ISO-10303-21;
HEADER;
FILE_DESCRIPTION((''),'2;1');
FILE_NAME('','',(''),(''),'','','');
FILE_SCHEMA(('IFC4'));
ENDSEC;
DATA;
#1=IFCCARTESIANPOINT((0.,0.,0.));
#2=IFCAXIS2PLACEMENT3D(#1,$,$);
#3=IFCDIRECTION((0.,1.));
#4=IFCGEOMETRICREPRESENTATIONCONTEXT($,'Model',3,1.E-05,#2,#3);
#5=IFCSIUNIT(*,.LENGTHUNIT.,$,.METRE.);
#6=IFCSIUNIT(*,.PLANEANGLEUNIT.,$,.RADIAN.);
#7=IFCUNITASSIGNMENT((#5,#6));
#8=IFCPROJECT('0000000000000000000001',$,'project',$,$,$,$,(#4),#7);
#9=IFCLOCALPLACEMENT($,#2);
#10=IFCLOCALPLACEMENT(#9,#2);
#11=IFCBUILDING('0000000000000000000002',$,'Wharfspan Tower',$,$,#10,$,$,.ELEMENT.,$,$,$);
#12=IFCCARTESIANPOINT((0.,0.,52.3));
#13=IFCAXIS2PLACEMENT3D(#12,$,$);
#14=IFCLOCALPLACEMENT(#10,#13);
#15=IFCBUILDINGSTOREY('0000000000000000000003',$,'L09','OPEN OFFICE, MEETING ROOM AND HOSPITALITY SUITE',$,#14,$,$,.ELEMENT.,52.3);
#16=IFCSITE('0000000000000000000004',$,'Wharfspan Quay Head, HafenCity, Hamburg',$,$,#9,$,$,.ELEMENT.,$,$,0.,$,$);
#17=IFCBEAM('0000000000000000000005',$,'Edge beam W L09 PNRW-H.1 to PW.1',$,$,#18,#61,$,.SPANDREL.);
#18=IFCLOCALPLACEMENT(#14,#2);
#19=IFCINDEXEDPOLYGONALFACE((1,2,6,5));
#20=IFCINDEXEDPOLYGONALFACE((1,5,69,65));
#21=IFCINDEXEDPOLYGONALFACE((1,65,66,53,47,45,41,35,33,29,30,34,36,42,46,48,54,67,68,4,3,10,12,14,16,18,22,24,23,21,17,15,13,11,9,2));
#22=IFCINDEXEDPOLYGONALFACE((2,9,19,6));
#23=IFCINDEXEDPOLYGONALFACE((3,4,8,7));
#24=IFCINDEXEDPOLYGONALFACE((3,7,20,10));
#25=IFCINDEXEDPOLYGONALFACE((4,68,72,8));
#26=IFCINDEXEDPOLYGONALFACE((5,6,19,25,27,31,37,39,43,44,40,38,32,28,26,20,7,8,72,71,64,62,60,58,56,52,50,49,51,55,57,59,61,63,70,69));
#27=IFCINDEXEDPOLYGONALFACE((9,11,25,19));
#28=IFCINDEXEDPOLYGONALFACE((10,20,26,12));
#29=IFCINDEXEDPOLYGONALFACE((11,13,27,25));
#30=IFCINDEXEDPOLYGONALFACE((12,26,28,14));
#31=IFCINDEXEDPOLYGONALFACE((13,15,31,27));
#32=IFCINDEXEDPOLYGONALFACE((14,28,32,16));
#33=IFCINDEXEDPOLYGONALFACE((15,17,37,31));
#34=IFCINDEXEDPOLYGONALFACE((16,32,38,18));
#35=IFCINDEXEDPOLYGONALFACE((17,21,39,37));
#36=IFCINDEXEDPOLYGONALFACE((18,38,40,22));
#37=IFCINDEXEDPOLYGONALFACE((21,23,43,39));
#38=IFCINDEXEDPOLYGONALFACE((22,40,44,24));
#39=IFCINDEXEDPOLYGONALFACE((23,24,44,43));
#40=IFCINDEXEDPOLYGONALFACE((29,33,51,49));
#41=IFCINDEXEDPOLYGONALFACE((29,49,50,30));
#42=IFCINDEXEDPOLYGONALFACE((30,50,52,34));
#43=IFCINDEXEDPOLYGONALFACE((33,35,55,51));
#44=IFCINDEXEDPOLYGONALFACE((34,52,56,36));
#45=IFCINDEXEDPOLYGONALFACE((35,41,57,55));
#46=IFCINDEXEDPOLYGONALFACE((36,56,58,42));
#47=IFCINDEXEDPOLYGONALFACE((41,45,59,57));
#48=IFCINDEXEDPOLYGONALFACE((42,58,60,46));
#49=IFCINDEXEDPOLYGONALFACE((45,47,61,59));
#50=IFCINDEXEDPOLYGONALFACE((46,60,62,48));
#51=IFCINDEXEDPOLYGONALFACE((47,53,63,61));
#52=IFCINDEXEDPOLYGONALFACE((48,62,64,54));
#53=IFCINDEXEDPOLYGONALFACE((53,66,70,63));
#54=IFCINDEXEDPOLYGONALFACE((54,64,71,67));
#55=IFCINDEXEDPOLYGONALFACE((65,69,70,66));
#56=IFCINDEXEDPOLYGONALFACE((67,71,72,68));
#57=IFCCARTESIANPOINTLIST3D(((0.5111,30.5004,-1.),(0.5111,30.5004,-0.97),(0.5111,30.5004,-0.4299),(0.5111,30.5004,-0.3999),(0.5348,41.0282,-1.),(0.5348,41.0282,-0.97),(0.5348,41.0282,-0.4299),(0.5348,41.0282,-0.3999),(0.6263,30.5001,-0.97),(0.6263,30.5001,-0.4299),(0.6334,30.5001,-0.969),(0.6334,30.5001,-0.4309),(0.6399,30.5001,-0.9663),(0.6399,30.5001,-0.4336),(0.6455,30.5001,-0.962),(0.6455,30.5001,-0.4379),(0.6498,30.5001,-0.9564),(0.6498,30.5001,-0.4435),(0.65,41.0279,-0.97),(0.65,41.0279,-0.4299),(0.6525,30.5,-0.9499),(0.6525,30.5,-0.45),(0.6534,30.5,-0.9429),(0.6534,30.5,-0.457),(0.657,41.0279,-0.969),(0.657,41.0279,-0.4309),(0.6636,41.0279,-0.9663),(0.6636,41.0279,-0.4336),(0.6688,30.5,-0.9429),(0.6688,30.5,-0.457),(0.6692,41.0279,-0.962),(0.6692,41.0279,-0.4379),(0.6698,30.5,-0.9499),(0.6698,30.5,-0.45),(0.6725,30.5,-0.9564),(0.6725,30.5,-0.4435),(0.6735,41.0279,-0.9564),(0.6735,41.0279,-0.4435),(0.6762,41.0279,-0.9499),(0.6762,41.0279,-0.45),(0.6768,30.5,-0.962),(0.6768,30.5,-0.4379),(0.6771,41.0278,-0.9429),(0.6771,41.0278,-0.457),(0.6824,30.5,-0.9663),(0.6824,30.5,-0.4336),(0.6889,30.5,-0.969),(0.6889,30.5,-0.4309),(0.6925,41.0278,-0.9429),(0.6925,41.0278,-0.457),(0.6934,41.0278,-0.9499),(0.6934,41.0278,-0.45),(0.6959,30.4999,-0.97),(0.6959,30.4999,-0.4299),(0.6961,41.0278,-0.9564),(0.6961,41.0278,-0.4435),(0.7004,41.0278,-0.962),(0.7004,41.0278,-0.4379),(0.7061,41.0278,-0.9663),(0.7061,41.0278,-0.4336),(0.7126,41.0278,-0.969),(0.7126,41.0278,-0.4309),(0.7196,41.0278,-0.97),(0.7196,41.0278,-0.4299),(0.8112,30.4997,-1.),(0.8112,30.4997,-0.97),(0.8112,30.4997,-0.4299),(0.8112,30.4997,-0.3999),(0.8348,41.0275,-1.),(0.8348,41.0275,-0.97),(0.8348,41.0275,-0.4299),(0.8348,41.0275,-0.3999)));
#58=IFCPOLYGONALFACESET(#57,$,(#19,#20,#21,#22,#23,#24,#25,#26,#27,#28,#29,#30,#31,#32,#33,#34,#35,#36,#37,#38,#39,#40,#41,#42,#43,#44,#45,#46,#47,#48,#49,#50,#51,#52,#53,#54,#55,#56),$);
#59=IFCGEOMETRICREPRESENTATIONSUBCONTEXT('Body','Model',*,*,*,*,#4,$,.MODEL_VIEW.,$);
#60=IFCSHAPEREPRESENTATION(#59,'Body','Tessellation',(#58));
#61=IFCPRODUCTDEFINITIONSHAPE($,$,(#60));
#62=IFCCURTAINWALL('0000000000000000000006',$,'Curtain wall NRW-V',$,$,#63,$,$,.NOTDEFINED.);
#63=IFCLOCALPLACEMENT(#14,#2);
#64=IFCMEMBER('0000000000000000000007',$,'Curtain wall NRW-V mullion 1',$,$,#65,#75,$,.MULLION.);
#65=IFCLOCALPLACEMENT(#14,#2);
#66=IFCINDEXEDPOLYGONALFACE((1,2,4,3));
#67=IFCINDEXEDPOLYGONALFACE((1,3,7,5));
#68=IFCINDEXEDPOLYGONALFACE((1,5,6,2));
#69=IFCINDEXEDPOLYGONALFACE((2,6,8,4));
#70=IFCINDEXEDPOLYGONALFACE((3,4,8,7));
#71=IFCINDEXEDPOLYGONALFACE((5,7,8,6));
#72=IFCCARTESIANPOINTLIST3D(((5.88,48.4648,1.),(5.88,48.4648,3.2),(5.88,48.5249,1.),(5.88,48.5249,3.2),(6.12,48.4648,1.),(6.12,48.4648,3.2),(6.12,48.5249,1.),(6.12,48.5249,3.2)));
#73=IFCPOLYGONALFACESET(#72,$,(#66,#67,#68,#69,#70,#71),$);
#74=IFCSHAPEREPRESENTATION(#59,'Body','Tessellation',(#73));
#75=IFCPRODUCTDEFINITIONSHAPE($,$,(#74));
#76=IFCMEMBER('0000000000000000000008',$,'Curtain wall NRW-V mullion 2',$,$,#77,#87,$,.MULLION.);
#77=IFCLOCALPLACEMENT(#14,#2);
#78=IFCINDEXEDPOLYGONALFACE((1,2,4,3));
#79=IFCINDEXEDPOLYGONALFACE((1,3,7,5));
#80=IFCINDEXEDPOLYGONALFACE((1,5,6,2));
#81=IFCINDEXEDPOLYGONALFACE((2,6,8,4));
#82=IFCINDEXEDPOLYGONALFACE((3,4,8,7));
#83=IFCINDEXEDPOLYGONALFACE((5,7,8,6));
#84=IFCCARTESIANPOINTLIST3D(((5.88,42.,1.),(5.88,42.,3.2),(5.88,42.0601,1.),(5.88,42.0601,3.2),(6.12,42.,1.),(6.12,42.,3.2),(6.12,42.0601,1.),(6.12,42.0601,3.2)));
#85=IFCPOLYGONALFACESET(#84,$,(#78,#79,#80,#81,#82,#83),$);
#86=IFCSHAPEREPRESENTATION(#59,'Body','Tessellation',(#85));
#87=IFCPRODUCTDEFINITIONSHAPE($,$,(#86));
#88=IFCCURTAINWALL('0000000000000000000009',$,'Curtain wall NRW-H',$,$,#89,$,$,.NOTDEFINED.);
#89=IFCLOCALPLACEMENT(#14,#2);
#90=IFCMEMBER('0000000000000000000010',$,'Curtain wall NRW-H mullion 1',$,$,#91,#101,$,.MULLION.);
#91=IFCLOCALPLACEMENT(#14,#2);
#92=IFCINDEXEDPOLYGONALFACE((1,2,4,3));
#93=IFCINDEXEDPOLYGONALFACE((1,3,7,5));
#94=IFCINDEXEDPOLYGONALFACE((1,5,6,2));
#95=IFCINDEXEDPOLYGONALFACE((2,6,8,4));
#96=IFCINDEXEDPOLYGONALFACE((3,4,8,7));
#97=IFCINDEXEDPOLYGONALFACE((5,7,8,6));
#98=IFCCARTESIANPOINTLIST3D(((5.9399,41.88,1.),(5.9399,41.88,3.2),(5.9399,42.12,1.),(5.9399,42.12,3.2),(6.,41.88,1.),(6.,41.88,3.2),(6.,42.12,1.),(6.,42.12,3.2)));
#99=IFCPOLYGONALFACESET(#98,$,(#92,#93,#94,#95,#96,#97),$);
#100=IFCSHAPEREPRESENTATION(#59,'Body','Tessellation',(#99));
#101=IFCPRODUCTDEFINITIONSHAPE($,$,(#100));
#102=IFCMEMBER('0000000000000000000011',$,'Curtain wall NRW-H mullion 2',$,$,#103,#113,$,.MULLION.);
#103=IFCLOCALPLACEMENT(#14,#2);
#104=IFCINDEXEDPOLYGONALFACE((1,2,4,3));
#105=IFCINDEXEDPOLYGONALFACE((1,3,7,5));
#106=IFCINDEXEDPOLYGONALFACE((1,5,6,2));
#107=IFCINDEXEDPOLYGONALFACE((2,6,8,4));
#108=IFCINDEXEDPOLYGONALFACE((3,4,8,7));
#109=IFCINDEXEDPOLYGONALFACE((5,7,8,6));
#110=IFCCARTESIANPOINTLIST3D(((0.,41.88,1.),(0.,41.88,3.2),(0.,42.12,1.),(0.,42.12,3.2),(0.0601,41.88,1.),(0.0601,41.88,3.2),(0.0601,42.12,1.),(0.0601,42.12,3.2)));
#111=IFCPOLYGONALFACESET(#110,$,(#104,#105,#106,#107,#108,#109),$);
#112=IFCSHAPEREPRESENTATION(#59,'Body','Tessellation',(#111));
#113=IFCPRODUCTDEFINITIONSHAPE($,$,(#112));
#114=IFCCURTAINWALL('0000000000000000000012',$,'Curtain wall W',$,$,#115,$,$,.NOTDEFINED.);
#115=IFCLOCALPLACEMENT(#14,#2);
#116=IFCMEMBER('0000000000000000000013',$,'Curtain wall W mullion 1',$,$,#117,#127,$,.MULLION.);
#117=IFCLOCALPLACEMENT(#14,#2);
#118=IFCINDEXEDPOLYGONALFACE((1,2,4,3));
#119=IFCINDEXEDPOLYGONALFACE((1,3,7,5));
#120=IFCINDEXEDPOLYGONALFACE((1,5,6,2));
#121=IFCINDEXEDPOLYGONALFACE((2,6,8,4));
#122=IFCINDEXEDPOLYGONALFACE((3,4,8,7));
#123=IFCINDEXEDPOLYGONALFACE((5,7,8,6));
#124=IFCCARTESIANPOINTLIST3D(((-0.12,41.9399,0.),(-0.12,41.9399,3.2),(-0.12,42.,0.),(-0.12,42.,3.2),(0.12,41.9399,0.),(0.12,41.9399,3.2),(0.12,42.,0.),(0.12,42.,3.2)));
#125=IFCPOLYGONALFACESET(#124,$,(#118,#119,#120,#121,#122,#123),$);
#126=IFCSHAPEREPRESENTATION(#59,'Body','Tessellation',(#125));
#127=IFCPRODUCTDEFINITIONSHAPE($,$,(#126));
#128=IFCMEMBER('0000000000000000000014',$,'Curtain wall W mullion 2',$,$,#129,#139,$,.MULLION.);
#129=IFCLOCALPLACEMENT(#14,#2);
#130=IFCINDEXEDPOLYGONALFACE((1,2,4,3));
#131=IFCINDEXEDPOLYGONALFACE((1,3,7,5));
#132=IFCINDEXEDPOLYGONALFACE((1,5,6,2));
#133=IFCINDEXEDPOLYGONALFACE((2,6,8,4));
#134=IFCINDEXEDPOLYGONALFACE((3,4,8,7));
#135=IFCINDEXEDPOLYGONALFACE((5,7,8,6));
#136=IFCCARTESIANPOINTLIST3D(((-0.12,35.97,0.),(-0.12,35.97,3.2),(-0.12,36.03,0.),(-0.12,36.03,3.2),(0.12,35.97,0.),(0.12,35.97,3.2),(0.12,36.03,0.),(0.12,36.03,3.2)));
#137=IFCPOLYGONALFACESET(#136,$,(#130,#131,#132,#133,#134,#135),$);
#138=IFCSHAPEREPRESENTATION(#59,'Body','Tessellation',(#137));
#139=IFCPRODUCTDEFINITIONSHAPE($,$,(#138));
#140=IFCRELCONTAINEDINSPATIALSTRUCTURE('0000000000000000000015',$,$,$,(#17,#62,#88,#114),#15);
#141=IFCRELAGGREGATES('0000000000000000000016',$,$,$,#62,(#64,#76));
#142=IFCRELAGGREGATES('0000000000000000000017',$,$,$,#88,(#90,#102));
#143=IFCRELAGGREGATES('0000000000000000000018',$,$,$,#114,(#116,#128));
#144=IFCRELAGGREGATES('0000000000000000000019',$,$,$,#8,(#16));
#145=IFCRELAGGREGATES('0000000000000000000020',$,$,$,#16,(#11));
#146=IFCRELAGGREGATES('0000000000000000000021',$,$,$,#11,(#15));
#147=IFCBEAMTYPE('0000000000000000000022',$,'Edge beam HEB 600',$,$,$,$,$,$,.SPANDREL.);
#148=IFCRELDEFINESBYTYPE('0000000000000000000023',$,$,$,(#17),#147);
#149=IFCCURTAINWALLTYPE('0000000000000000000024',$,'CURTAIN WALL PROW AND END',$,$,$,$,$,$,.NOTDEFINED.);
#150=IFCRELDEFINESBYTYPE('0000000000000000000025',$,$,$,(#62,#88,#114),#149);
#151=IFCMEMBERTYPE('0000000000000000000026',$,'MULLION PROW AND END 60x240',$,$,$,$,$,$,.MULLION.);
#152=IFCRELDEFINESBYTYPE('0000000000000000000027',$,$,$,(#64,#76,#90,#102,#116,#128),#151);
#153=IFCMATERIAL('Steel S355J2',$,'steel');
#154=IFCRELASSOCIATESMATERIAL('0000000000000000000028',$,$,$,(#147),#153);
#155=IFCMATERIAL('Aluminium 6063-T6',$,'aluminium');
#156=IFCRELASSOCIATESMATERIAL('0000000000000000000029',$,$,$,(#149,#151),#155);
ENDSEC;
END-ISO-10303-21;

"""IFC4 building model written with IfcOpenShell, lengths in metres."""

from ifc_helpers import new_model, si_unit, direction, frame, origin, origin_2d, place, context, subcontext, project, spatial, rectangle, i_section, extrude, material, material_profile, profile_set, type_object, element, aggregate, save


model = new_model("IFC4")

# Units and contexts
model_context = context("Model", 3, precision=1e-05, world=origin(), true_north=direction((0.0, 1.0)))
body_context = subcontext(model_context, "Body", "Model", "MODEL_VIEW")
ifc_project = project(units=[si_unit("LENGTHUNIT", "METRE"), si_unit("PLANEANGLEUNIT", "RADIAN")], contexts=[model_context])

# Site, building, storey
site_placement = place(None, origin())
site = spatial("IfcSite", under=ifc_project, at=site_placement, Name="Wharfspan Quay Head, HafenCity, Hamburg", CompositionType="ELEMENT", RefElevation=0.0)
building_placement = place(site_placement, origin())
building = spatial("IfcBuilding", under=site, at=building_placement, Name="Wharfspan Tower", CompositionType="ELEMENT")
storey_placement = place(building_placement, frame((0.0, 0.0, 52.3)))
storey = spatial("IfcBuildingStorey", under=building, at=storey_placement, Name="L09", Description="OPEN OFFICE, MEETING ROOM AND HOSPITALITY SUITE", CompositionType="ELEMENT", Elevation=52.3)

# Shared definitions
ifc_material_1 = material(Name="Steel S355J2", Category="steel")

# Beam
ifc_material_profile_1 = material_profile(ifc_material_1, i_section(OverallWidth=0.3, OverallDepth=0.6001, WebThickness=0.0154, FlangeThickness=0.03, FilletRadius=0.0271, at=origin_2d()))
ifc_profile_set_1 = profile_set([ifc_material_profile_1], Name="Steel S355J2")
beam_type = type_object("IfcBeamType", Name="Edge beam HEB 600", PredefinedType="SPANDREL", material=ifc_profile_set_1)
beam_placement = place(storey_placement, frame((0.6848, 41.0278, -0.7), z_axis=(-0.002249, -0.999997, 0.0), x_axis=(0.999997, -0.002249, 0.0)))
element("IfcBeam", 1, at=beam_placement, inside=storey, type_object=beam_type, Name="Edge beam W L09 PNRW-H.1 to PW.1", PredefinedType="SPANDREL", context=body_context, shape_type="SweptSolid", body=[
    extrude(i_section(OverallWidth=0.3, OverallDepth=0.6001, WebThickness=0.0154, FlangeThickness=0.03, FilletRadius=0.0271, at=origin_2d()), origin(), (0.0, 0.0, 1.0), 10.5278),
])

# Curtain walls, members
ifc_material_2 = material(Name="Aluminium 6063-T6", Category="aluminium")
curtain_wall_type = type_object("IfcCurtainWallType", Name="CURTAIN WALL PROW AND END", PredefinedType="NOTDEFINED", material=ifc_material_2)
curtain_wall_1_placement = place(storey_placement, origin())
curtain_wall_1 = element("IfcCurtainWall", 2, at=curtain_wall_1_placement, inside=storey, type_object=curtain_wall_type, Name="Curtain wall NRW-V", PredefinedType="NOTDEFINED")
ifc_material_profile_2 = material_profile(ifc_material_2, rectangle(XDim=0.24, YDim=0.0601, at=origin_2d()))
ifc_profile_set_2 = profile_set([ifc_material_profile_2], Name="Aluminium 6063-T6")
member_type_1 = type_object("IfcMemberType", Name="MULLION PROW AND END 60x240", PredefinedType="MULLION", material=ifc_profile_set_2)
member_1_placement = place(storey_placement, frame((6.0, 48.4949, 1.0), z_axis=(0.0, 0.0, 1.0), x_axis=(1.0, 0.0, 0.0)))
member_1 = element("IfcMember", 3, at=member_1_placement, type_object=member_type_1, Name="Curtain wall NRW-V mullion 1", PredefinedType="MULLION", context=body_context, shape_type="SweptSolid", body=[
    extrude(rectangle(XDim=0.24, YDim=0.0601, at=origin_2d()), origin(), (0.0, 0.0, 1.0), 2.2),
])
member_2_placement = place(storey_placement, frame((6.0, 42.03, 1.0), z_axis=(0.0, 0.0, 1.0), x_axis=(1.0, 0.0, 0.0)))
member_2 = element("IfcMember", 4, at=member_2_placement, type_object=member_type_1, Name="Curtain wall NRW-V mullion 2", PredefinedType="MULLION", context=body_context, shape_type="SweptSolid", body=[
    extrude(rectangle(XDim=0.24, YDim=0.0601, at=origin_2d()), origin(), (0.0, 0.0, 1.0), 2.2),
])
curtain_wall_2_placement = place(storey_placement, origin())
curtain_wall_2 = element("IfcCurtainWall", 5, at=curtain_wall_2_placement, inside=storey, type_object=curtain_wall_type, Name="Curtain wall NRW-H", PredefinedType="NOTDEFINED")
member_3_placement = place(storey_placement, frame((5.97, 42.0, 1.0), z_axis=(0.0, 0.0, 1.0), x_axis=(0.0, -1.0, 0.0)))
member_3 = element("IfcMember", 6, at=member_3_placement, type_object=member_type_1, Name="Curtain wall NRW-H mullion 1", PredefinedType="MULLION", context=body_context, shape_type="SweptSolid", body=[
    extrude(rectangle(XDim=0.24, YDim=0.0601, at=origin_2d()), origin(), (0.0, 0.0, 1.0), 2.2),
])
member_4_placement = place(storey_placement, frame((0.03, 42.0, 1.0), z_axis=(0.0, 0.0, 1.0), x_axis=(0.0, -1.0, 0.0)))
member_4 = element("IfcMember", 7, at=member_4_placement, type_object=member_type_1, Name="Curtain wall NRW-H mullion 2", PredefinedType="MULLION", context=body_context, shape_type="SweptSolid", body=[
    extrude(rectangle(XDim=0.24, YDim=0.0601, at=origin_2d()), origin(), (0.0, 0.0, 1.0), 2.2),
])
curtain_wall_3_placement = place(storey_placement, origin())
curtain_wall_3 = element("IfcCurtainWall", 8, at=curtain_wall_3_placement, inside=storey, type_object=curtain_wall_type, Name="Curtain wall W", PredefinedType="NOTDEFINED")
member_5_placement = place(storey_placement, frame((0.0, 41.97, 0.0), z_axis=(0.0, 0.0, 1.0), x_axis=(1.0, 0.0, 0.0)))
member_5 = element("IfcMember", 9, at=member_5_placement, type_object=member_type_1, Name="Curtain wall W mullion 1", PredefinedType="MULLION", context=body_context, shape_type="SweptSolid", body=[
    extrude(rectangle(XDim=0.24, YDim=0.0601, at=origin_2d()), origin(), (0.0, 0.0, 1.0), 3.2),
])
member_6_placement = place(storey_placement, frame((0.0, 36.0, 0.0), z_axis=(0.0, 0.0, 1.0), x_axis=(1.0, 0.0, 0.0)))
member_6 = element("IfcMember", 10, at=member_6_placement, type_object=member_type_1, Name="Curtain wall W mullion 2", PredefinedType="MULLION", context=body_context, shape_type="SweptSolid", body=[
    extrude(rectangle(XDim=0.24, YDim=0.0601, at=origin_2d()), origin(), (0.0, 0.0, 1.0), 3.2),
])

aggregate(curtain_wall_1, [member_1, member_2])
aggregate(curtain_wall_2, [member_3, member_4])
aggregate(curtain_wall_3, [member_5, member_6])

save(model, "model.ifc")
